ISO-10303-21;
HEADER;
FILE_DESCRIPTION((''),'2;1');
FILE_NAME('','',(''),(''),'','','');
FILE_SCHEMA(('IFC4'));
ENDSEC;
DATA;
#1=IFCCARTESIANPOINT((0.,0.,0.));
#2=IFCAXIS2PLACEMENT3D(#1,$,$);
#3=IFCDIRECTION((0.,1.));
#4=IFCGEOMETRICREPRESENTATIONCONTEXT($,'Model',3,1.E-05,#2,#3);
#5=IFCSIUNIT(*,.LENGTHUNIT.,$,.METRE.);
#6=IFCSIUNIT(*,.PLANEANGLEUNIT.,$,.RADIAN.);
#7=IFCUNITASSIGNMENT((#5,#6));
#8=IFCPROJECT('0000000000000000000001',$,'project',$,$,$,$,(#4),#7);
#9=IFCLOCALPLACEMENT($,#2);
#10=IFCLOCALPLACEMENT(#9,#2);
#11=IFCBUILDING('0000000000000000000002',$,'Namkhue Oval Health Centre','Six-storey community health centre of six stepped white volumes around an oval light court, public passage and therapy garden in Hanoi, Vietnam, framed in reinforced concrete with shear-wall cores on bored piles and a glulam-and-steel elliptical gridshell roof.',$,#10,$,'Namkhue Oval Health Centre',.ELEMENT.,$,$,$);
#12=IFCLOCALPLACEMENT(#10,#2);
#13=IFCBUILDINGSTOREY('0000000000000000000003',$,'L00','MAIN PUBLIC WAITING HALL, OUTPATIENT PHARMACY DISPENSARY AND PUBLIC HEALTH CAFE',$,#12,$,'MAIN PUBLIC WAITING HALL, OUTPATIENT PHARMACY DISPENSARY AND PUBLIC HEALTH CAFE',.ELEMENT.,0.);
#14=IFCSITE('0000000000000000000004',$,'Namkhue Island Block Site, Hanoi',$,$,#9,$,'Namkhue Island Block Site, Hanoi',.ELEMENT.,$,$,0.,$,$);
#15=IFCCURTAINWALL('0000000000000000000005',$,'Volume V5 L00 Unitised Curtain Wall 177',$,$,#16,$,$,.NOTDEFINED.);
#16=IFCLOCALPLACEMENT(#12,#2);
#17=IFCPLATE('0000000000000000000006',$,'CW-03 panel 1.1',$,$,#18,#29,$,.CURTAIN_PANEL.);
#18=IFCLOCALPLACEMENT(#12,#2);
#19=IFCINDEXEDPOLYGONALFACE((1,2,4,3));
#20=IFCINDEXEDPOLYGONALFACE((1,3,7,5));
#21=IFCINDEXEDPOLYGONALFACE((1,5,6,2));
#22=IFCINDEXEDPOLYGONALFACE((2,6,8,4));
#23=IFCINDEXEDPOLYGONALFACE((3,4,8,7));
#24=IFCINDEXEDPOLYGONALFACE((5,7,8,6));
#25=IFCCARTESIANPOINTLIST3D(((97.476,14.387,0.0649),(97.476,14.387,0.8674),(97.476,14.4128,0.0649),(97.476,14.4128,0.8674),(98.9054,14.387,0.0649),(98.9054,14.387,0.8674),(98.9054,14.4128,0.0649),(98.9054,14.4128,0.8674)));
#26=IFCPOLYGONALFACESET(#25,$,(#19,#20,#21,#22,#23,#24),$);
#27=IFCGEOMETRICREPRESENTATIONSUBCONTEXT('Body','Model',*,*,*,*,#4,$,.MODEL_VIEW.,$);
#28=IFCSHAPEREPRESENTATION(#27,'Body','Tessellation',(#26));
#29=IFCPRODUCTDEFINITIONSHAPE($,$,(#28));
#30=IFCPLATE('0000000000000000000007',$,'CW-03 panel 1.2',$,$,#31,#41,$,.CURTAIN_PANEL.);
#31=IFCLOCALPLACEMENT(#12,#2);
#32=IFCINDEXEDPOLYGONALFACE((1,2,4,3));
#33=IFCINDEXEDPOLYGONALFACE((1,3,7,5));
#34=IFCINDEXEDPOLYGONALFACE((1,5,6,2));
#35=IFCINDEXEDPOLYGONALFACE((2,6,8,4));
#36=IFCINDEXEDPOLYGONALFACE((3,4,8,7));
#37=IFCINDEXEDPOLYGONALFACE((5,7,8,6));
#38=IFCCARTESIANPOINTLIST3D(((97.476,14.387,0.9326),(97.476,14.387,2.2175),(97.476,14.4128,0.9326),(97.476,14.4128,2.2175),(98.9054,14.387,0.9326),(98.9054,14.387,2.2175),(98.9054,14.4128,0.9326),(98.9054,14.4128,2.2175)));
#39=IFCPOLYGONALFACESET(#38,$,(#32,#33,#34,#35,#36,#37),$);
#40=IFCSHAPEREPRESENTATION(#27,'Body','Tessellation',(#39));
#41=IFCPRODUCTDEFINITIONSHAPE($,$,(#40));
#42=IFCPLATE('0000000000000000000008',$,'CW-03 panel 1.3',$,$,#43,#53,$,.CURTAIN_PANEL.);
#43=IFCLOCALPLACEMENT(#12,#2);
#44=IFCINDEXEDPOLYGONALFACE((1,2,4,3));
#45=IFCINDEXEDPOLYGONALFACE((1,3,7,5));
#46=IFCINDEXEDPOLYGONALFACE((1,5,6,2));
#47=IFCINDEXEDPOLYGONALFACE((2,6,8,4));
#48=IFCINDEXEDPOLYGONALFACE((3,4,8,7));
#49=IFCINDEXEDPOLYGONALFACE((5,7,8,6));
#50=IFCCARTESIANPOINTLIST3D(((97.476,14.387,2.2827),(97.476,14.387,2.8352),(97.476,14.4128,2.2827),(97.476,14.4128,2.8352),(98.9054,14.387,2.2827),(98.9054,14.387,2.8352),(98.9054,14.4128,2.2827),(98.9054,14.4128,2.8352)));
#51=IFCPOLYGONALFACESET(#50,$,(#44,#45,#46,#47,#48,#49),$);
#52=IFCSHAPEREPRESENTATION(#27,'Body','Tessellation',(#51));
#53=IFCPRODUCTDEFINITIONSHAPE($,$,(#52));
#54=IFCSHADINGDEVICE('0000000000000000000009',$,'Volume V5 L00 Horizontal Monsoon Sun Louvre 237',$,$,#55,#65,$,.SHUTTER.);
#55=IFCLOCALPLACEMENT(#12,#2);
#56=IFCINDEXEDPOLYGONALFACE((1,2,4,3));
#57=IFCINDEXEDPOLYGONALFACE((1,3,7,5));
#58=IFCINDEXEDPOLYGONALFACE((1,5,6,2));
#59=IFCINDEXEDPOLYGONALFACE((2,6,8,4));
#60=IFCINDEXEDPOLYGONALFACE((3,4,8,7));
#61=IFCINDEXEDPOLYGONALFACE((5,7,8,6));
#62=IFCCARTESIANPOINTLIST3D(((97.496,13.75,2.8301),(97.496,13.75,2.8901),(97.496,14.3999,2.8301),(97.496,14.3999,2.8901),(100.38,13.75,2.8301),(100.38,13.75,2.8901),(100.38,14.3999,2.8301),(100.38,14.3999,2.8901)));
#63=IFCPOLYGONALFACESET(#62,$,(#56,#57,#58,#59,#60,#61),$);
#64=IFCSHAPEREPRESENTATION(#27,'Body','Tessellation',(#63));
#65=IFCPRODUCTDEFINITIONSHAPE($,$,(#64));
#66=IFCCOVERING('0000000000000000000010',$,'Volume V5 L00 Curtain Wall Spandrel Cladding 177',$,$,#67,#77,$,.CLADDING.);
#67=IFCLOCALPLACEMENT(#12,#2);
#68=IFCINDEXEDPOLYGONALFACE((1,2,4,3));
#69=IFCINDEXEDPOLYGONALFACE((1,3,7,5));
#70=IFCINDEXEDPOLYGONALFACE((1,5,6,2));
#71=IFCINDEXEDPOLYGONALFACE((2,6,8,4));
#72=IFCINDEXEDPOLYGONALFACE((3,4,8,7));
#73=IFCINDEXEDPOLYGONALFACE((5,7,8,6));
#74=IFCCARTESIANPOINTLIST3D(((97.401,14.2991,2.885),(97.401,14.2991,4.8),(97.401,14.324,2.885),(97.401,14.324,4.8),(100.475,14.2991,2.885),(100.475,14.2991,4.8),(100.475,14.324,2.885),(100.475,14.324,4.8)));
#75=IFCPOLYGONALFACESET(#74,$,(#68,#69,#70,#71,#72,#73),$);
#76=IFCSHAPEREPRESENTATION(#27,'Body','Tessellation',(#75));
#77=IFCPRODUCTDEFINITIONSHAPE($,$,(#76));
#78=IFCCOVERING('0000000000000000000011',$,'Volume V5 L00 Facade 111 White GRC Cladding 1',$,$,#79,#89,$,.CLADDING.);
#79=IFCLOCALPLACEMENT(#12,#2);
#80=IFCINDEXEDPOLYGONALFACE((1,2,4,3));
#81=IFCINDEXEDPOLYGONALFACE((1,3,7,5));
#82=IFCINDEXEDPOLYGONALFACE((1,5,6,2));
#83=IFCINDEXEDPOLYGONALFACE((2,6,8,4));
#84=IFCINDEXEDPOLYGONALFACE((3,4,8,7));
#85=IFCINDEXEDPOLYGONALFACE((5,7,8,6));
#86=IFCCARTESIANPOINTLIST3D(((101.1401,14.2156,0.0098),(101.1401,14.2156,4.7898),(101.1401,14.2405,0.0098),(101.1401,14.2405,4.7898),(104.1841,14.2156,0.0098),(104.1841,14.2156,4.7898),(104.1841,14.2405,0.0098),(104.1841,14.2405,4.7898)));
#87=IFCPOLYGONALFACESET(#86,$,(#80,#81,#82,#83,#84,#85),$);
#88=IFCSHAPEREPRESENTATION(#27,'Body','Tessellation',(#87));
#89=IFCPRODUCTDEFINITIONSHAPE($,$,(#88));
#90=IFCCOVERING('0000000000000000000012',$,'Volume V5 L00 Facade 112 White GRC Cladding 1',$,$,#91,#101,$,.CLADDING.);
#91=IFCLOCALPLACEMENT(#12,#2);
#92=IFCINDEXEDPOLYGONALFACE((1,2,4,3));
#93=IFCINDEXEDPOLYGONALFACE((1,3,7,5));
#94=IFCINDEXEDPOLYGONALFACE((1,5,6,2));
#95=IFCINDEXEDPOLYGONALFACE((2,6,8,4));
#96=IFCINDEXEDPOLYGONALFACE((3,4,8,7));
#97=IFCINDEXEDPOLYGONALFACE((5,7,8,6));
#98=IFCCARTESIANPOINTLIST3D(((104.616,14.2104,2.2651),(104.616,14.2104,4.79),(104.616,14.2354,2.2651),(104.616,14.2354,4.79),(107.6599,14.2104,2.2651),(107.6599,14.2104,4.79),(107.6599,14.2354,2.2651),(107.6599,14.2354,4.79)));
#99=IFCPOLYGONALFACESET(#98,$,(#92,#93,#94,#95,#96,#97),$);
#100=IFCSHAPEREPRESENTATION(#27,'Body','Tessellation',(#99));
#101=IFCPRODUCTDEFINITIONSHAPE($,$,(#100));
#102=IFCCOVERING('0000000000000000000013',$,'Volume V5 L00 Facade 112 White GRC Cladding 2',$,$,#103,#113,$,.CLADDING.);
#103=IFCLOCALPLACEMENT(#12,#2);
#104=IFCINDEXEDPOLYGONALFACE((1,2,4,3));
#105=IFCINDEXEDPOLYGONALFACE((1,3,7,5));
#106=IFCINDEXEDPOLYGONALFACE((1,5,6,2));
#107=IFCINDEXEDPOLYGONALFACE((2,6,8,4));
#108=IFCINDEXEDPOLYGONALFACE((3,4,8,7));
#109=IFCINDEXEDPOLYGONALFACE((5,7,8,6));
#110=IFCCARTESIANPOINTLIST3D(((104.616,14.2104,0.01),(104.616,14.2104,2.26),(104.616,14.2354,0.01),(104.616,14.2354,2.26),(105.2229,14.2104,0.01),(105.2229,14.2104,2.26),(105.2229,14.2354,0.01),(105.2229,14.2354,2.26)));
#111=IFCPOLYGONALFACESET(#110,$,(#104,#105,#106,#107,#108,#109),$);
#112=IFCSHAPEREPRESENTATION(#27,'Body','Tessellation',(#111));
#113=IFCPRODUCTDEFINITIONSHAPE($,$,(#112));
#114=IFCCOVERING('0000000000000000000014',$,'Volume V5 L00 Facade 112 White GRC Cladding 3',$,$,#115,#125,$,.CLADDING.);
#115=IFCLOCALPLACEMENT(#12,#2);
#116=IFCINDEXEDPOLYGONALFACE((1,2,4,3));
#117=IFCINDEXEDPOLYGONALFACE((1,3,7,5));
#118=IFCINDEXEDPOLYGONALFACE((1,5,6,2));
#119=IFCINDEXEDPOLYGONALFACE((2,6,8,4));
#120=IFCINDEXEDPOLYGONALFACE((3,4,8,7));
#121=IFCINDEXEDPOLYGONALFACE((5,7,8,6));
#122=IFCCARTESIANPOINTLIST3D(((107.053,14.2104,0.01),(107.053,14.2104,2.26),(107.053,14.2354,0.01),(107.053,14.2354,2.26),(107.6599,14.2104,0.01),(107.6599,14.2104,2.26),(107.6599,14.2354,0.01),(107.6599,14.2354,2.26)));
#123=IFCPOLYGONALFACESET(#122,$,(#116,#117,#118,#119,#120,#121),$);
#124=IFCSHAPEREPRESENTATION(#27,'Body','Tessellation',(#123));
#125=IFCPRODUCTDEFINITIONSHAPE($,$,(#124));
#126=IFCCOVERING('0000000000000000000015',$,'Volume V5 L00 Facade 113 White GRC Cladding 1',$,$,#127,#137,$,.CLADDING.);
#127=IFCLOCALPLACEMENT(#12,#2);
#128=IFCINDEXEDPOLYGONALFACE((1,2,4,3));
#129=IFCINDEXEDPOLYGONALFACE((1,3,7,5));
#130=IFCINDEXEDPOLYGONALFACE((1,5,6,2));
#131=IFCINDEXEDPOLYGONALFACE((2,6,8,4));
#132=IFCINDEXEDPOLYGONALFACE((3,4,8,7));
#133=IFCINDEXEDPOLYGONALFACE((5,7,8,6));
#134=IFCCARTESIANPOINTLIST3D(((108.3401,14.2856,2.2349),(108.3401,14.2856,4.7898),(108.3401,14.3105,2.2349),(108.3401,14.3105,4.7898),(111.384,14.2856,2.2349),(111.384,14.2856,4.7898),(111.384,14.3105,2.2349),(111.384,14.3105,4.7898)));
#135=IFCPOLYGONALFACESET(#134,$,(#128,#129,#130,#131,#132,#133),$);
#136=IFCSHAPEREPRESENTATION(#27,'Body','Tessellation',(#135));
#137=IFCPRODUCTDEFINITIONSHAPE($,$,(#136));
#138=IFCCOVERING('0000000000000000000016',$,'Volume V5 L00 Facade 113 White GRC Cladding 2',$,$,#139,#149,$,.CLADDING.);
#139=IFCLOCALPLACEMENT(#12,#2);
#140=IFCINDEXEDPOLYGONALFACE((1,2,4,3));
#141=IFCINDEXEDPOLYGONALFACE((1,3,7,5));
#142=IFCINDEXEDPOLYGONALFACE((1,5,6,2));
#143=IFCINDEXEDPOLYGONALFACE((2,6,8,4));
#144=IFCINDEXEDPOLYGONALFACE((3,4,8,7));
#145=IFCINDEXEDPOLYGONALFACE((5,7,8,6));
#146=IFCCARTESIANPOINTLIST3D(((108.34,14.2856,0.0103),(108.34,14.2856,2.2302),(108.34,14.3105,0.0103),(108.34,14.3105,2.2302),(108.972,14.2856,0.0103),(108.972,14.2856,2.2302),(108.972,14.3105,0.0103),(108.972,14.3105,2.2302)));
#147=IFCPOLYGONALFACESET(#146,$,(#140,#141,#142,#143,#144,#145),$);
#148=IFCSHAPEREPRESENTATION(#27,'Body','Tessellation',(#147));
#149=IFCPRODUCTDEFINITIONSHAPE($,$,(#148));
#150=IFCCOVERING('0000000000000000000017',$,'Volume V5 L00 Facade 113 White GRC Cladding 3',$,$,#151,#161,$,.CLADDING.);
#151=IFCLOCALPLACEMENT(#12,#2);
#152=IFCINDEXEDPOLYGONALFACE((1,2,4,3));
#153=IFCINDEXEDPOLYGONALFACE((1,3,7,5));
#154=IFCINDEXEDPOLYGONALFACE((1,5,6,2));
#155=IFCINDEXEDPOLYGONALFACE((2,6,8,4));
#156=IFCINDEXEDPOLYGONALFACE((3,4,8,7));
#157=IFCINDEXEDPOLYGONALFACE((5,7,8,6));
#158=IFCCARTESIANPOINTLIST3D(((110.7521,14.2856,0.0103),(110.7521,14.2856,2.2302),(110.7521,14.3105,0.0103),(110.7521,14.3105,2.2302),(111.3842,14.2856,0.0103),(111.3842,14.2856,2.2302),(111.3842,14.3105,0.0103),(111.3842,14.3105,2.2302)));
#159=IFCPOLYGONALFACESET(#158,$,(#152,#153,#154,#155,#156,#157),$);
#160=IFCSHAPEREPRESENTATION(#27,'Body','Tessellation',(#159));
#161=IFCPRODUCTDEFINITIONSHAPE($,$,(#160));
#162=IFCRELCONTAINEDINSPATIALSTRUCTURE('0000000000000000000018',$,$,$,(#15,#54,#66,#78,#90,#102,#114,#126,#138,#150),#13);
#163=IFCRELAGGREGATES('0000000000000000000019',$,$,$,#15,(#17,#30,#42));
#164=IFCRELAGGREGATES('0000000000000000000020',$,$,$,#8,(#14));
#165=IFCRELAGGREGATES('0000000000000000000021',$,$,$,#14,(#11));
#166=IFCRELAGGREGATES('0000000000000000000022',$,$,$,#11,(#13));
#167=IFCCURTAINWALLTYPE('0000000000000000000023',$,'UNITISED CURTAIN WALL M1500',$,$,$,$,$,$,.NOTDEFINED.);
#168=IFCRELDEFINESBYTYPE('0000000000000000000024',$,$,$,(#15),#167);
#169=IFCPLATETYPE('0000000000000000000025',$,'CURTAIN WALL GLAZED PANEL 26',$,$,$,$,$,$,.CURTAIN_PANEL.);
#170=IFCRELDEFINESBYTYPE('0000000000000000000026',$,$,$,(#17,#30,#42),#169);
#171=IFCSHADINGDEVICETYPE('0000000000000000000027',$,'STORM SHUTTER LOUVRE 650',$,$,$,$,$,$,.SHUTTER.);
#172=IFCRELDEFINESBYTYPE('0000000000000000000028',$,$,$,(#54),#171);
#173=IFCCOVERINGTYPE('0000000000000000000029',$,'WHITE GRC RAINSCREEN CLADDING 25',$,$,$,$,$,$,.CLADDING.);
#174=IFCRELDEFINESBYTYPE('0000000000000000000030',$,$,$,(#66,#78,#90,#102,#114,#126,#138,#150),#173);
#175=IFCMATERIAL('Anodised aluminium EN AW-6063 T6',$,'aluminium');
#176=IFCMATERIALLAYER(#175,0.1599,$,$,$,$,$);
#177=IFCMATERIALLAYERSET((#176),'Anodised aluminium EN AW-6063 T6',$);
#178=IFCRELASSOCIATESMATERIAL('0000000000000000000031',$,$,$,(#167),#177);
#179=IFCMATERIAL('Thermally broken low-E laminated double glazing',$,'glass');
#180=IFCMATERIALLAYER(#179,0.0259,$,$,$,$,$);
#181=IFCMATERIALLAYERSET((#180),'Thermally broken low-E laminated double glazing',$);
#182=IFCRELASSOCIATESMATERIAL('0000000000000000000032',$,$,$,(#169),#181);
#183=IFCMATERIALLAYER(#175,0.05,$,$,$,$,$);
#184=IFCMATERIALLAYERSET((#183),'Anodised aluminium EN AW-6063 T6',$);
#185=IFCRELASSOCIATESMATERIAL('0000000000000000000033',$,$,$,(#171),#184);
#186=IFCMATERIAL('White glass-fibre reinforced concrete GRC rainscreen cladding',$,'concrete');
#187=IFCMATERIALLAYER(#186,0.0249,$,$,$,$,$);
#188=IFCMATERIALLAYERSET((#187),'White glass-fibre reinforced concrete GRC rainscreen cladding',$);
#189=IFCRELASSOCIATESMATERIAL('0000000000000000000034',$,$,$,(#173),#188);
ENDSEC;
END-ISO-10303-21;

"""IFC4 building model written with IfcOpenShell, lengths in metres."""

from ifc_helpers import new_model, si_unit, direction, frame, origin, origin_2d, place, context, subcontext, project, spatial, rectangle, extrude, material, layer, layer_set, type_object, element, aggregate, save


model = new_model("IFC4")

# Units and contexts
model_context = context("Model", 3, precision=1e-05, world=origin(), true_north=direction((0.0, 1.0)))
body_context = subcontext(model_context, "Body", "Model", "MODEL_VIEW")
ifc_project = project(units=[si_unit("LENGTHUNIT", "METRE"), si_unit("PLANEANGLEUNIT", "RADIAN")], contexts=[model_context])

# Site, building, storey
site_placement = place(None, origin())
site = spatial("IfcSite", under=ifc_project, at=site_placement, Name="Namkhue Island Block Site, Hanoi", LongName="Namkhue Island Block Site, Hanoi", CompositionType="ELEMENT", RefElevation=0.0)
building_placement = place(site_placement, origin())
building = spatial("IfcBuilding", under=site, at=building_placement, Name="Namkhue Oval Health Centre", Description="Six-storey community health centre of six stepped white volumes around an oval light court, public passage and therapy garden in Hanoi, Vietnam, framed in reinforced concrete with shear-wall cores on bored piles and a glulam-and-steel elliptical gridshell roof.", LongName="Namkhue Oval Health Centre", CompositionType="ELEMENT")
storey_placement = place(building_placement, origin())
storey = spatial("IfcBuildingStorey", under=building, at=storey_placement, Name="L00", Description="MAIN PUBLIC WAITING HALL, OUTPATIENT PHARMACY DISPENSARY AND PUBLIC HEALTH CAFE", LongName="MAIN PUBLIC WAITING HALL, OUTPATIENT PHARMACY DISPENSARY AND PUBLIC HEALTH CAFE", CompositionType="ELEMENT", Elevation=0.0)

# Curtain wall, plates
ifc_material_1 = material(Name="Anodised aluminium EN AW-6063 T6", Category="aluminium")
ifc_layer_1 = layer(ifc_material_1, 0.1599)
ifc_layer_set_1 = layer_set([ifc_layer_1], Name="Anodised aluminium EN AW-6063 T6")
curtain_wall_type = type_object("IfcCurtainWallType", Name="UNITISED CURTAIN WALL M1500", PredefinedType="NOTDEFINED", material=ifc_layer_set_1)
curtain_wall_placement = place(storey_placement, origin())
curtain_wall = element("IfcCurtainWall", 1, at=curtain_wall_placement, inside=storey, type_object=curtain_wall_type, Name="Volume V5 L00 Unitised Curtain Wall 177", PredefinedType="NOTDEFINED")
ifc_material_2 = material(Name="Thermally broken low-E laminated double glazing", Category="glass")
ifc_layer_2 = layer(ifc_material_2, 0.0259)
ifc_layer_set_2 = layer_set([ifc_layer_2], Name="Thermally broken low-E laminated double glazing")
plate_type = type_object("IfcPlateType", Name="CURTAIN WALL GLAZED PANEL 26", PredefinedType="CURTAIN_PANEL", material=ifc_layer_set_2)
plate_1_placement = place(storey_placement, frame((98.1907, 14.3999, 0.0649), z_axis=(0.0, 0.0, 1.0), x_axis=(1.0, 0.0, 0.0)))
plate_1 = element("IfcPlate", 2, at=plate_1_placement, type_object=plate_type, Name="CW-03 panel 1.1", PredefinedType="CURTAIN_PANEL", context=body_context, shape_type="SweptSolid", body=[
    extrude(rectangle(XDim=1.4294, YDim=0.0259, at=origin_2d()), origin(), (0.0, 0.0, 1.0), 0.8025),
])
plate_2_placement = place(storey_placement, frame((98.1907, 14.3999, 0.9326), z_axis=(0.0, 0.0, 1.0), x_axis=(1.0, 0.0, 0.0)))
plate_2 = element("IfcPlate", 3, at=plate_2_placement, type_object=plate_type, Name="CW-03 panel 1.2", PredefinedType="CURTAIN_PANEL", context=body_context, shape_type="SweptSolid", body=[
    extrude(rectangle(XDim=1.4294, YDim=0.0259, at=origin_2d()), origin(), (0.0, 0.0, 1.0), 1.2849),
])
plate_3_placement = place(storey_placement, frame((98.1907, 14.3999, 2.2827), z_axis=(0.0, 0.0, 1.0), x_axis=(1.0, 0.0, 0.0)))
plate_3 = element("IfcPlate", 4, at=plate_3_placement, type_object=plate_type, Name="CW-03 panel 1.3", PredefinedType="CURTAIN_PANEL", context=body_context, shape_type="SweptSolid", body=[
    extrude(rectangle(XDim=1.4294, YDim=0.0259, at=origin_2d()), origin(), (0.0, 0.0, 1.0), 0.5525),
])
aggregate(curtain_wall, [plate_1, plate_2, plate_3])

# Shading device
ifc_layer_3 = layer(ifc_material_1, 0.05)
ifc_layer_set_3 = layer_set([ifc_layer_3], Name="Anodised aluminium EN AW-6063 T6")
shading_device_type = type_object("IfcShadingDeviceType", Name="STORM SHUTTER LOUVRE 650", PredefinedType="SHUTTER", material=ifc_layer_set_3)
shading_device_placement = place(storey_placement, frame((98.938, 14.075, 2.8301), z_axis=(0.0, 0.0, 1.0), x_axis=(1.0, 0.0, 0.0)))
element("IfcShadingDevice", 5, at=shading_device_placement, inside=storey, type_object=shading_device_type, Name="Volume V5 L00 Horizontal Monsoon Sun Louvre 237", PredefinedType="SHUTTER", context=body_context, shape_type="SweptSolid", body=[
    extrude(rectangle(XDim=2.884, YDim=0.6499, at=origin_2d()), origin(), (0.0, 0.0, 1.0), 0.0601),
])

# Coverings
ifc_material_3 = material(Name="White glass-fibre reinforced concrete GRC rainscreen cladding", Category="concrete")
ifc_layer_4 = layer(ifc_material_3, 0.0249)
ifc_layer_set_4 = layer_set([ifc_layer_4], Name="White glass-fibre reinforced concrete GRC rainscreen cladding")
covering_type = type_object("IfcCoveringType", Name="WHITE GRC RAINSCREEN CLADDING 25", PredefinedType="CLADDING", material=ifc_layer_set_4)
covering_1_placement = place(storey_placement, frame((98.938, 14.3115, 2.885), z_axis=(0.0, 0.0, 1.0), x_axis=(1.0, 0.0, 0.0)))
element("IfcCovering", 6, at=covering_1_placement, inside=storey, type_object=covering_type, Name="Volume V5 L00 Curtain Wall Spandrel Cladding 177", PredefinedType="CLADDING", context=body_context, shape_type="SweptSolid", body=[
    extrude(rectangle(XDim=3.074, YDim=0.0249, at=origin_2d()), origin(), (0.0, 0.0, 1.0), 1.915),
])
covering_2_placement = place(storey_placement, frame((102.6621, 14.228, 0.0098), z_axis=(0.0, 0.0, 1.0), x_axis=(1.0, 0.0, 0.0)))
element("IfcCovering", 7, at=covering_2_placement, inside=storey, type_object=covering_type, Name="Volume V5 L00 Facade 111 White GRC Cladding 1", PredefinedType="CLADDING", context=body_context, shape_type="SweptSolid", body=[
    extrude(rectangle(XDim=3.0439, YDim=0.0249, at=origin_2d()), origin(), (0.0, 0.0, 1.0), 4.78),
])
covering_3_placement = place(storey_placement, frame((106.1379, 14.2229, 2.2651), z_axis=(0.0, 0.0, 1.0), x_axis=(1.0, 0.0, 0.0)))
element("IfcCovering", 8, at=covering_3_placement, inside=storey, type_object=covering_type, Name="Volume V5 L00 Facade 112 White GRC Cladding 1", PredefinedType="CLADDING", context=body_context, shape_type="SweptSolid", body=[
    extrude(rectangle(XDim=3.0439, YDim=0.0249, at=origin_2d()), origin(), (0.0, 0.0, 1.0), 2.5249),
])
for number, where, z_axis, x_axis, name in (
    (9, (104.9194, 14.2229, 0.01), (0.0, 0.0, 1.0), (1.0, 0.0, 0.0), "Volume V5 L00 Facade 112 White GRC Cladding 2"),
    (10, (107.3564, 14.2229, 0.01), (0.0, 0.0, 1.0), (1.0, 0.0, 0.0), "Volume V5 L00 Facade 112 White GRC Cladding 3"),
):
    element("IfcCovering", number, at=place(storey_placement, frame(where, z_axis=z_axis, x_axis=x_axis)), inside=storey, type_object=covering_type, Name=name, PredefinedType="CLADDING", context=body_context, shape_type="SweptSolid", body=[
        extrude(rectangle(XDim=0.6069, YDim=0.0249, at=origin_2d()), origin(), (0.0, 0.0, 1.0), 2.25),
    ])
covering_4_placement = place(storey_placement, frame((109.8621, 14.2981, 2.2349), z_axis=(0.0, 0.0, 1.0), x_axis=(1.0, 0.0, 0.0)))
element("IfcCovering", 11, at=covering_4_placement, inside=storey, type_object=covering_type, Name="Volume V5 L00 Facade 113 White GRC Cladding 1", PredefinedType="CLADDING", context=body_context, shape_type="SweptSolid", body=[
    extrude(rectangle(XDim=3.0439, YDim=0.0249, at=origin_2d()), origin(), (0.0, 0.0, 1.0), 2.5549),
])
for number, where, z_axis, x_axis, name in (
    (12, (108.656, 14.2981, 0.0103), (0.0, 0.0, 1.0), (1.0, 0.0, 0.0), "Volume V5 L00 Facade 113 White GRC Cladding 2"),
    (13, (111.0681, 14.2981, 0.0103), (0.0, 0.0, 1.0), (1.0, 0.0, 0.0), "Volume V5 L00 Facade 113 White GRC Cladding 3"),
):
    element("IfcCovering", number, at=place(storey_placement, frame(where, z_axis=z_axis, x_axis=x_axis)), inside=storey, type_object=covering_type, Name=name, PredefinedType="CLADDING", context=body_context, shape_type="SweptSolid", body=[
        extrude(rectangle(XDim=0.6321, YDim=0.0249, at=origin_2d()), origin(), (0.0, 0.0, 1.0), 2.22),
    ])

save(model, "model.ifc")
